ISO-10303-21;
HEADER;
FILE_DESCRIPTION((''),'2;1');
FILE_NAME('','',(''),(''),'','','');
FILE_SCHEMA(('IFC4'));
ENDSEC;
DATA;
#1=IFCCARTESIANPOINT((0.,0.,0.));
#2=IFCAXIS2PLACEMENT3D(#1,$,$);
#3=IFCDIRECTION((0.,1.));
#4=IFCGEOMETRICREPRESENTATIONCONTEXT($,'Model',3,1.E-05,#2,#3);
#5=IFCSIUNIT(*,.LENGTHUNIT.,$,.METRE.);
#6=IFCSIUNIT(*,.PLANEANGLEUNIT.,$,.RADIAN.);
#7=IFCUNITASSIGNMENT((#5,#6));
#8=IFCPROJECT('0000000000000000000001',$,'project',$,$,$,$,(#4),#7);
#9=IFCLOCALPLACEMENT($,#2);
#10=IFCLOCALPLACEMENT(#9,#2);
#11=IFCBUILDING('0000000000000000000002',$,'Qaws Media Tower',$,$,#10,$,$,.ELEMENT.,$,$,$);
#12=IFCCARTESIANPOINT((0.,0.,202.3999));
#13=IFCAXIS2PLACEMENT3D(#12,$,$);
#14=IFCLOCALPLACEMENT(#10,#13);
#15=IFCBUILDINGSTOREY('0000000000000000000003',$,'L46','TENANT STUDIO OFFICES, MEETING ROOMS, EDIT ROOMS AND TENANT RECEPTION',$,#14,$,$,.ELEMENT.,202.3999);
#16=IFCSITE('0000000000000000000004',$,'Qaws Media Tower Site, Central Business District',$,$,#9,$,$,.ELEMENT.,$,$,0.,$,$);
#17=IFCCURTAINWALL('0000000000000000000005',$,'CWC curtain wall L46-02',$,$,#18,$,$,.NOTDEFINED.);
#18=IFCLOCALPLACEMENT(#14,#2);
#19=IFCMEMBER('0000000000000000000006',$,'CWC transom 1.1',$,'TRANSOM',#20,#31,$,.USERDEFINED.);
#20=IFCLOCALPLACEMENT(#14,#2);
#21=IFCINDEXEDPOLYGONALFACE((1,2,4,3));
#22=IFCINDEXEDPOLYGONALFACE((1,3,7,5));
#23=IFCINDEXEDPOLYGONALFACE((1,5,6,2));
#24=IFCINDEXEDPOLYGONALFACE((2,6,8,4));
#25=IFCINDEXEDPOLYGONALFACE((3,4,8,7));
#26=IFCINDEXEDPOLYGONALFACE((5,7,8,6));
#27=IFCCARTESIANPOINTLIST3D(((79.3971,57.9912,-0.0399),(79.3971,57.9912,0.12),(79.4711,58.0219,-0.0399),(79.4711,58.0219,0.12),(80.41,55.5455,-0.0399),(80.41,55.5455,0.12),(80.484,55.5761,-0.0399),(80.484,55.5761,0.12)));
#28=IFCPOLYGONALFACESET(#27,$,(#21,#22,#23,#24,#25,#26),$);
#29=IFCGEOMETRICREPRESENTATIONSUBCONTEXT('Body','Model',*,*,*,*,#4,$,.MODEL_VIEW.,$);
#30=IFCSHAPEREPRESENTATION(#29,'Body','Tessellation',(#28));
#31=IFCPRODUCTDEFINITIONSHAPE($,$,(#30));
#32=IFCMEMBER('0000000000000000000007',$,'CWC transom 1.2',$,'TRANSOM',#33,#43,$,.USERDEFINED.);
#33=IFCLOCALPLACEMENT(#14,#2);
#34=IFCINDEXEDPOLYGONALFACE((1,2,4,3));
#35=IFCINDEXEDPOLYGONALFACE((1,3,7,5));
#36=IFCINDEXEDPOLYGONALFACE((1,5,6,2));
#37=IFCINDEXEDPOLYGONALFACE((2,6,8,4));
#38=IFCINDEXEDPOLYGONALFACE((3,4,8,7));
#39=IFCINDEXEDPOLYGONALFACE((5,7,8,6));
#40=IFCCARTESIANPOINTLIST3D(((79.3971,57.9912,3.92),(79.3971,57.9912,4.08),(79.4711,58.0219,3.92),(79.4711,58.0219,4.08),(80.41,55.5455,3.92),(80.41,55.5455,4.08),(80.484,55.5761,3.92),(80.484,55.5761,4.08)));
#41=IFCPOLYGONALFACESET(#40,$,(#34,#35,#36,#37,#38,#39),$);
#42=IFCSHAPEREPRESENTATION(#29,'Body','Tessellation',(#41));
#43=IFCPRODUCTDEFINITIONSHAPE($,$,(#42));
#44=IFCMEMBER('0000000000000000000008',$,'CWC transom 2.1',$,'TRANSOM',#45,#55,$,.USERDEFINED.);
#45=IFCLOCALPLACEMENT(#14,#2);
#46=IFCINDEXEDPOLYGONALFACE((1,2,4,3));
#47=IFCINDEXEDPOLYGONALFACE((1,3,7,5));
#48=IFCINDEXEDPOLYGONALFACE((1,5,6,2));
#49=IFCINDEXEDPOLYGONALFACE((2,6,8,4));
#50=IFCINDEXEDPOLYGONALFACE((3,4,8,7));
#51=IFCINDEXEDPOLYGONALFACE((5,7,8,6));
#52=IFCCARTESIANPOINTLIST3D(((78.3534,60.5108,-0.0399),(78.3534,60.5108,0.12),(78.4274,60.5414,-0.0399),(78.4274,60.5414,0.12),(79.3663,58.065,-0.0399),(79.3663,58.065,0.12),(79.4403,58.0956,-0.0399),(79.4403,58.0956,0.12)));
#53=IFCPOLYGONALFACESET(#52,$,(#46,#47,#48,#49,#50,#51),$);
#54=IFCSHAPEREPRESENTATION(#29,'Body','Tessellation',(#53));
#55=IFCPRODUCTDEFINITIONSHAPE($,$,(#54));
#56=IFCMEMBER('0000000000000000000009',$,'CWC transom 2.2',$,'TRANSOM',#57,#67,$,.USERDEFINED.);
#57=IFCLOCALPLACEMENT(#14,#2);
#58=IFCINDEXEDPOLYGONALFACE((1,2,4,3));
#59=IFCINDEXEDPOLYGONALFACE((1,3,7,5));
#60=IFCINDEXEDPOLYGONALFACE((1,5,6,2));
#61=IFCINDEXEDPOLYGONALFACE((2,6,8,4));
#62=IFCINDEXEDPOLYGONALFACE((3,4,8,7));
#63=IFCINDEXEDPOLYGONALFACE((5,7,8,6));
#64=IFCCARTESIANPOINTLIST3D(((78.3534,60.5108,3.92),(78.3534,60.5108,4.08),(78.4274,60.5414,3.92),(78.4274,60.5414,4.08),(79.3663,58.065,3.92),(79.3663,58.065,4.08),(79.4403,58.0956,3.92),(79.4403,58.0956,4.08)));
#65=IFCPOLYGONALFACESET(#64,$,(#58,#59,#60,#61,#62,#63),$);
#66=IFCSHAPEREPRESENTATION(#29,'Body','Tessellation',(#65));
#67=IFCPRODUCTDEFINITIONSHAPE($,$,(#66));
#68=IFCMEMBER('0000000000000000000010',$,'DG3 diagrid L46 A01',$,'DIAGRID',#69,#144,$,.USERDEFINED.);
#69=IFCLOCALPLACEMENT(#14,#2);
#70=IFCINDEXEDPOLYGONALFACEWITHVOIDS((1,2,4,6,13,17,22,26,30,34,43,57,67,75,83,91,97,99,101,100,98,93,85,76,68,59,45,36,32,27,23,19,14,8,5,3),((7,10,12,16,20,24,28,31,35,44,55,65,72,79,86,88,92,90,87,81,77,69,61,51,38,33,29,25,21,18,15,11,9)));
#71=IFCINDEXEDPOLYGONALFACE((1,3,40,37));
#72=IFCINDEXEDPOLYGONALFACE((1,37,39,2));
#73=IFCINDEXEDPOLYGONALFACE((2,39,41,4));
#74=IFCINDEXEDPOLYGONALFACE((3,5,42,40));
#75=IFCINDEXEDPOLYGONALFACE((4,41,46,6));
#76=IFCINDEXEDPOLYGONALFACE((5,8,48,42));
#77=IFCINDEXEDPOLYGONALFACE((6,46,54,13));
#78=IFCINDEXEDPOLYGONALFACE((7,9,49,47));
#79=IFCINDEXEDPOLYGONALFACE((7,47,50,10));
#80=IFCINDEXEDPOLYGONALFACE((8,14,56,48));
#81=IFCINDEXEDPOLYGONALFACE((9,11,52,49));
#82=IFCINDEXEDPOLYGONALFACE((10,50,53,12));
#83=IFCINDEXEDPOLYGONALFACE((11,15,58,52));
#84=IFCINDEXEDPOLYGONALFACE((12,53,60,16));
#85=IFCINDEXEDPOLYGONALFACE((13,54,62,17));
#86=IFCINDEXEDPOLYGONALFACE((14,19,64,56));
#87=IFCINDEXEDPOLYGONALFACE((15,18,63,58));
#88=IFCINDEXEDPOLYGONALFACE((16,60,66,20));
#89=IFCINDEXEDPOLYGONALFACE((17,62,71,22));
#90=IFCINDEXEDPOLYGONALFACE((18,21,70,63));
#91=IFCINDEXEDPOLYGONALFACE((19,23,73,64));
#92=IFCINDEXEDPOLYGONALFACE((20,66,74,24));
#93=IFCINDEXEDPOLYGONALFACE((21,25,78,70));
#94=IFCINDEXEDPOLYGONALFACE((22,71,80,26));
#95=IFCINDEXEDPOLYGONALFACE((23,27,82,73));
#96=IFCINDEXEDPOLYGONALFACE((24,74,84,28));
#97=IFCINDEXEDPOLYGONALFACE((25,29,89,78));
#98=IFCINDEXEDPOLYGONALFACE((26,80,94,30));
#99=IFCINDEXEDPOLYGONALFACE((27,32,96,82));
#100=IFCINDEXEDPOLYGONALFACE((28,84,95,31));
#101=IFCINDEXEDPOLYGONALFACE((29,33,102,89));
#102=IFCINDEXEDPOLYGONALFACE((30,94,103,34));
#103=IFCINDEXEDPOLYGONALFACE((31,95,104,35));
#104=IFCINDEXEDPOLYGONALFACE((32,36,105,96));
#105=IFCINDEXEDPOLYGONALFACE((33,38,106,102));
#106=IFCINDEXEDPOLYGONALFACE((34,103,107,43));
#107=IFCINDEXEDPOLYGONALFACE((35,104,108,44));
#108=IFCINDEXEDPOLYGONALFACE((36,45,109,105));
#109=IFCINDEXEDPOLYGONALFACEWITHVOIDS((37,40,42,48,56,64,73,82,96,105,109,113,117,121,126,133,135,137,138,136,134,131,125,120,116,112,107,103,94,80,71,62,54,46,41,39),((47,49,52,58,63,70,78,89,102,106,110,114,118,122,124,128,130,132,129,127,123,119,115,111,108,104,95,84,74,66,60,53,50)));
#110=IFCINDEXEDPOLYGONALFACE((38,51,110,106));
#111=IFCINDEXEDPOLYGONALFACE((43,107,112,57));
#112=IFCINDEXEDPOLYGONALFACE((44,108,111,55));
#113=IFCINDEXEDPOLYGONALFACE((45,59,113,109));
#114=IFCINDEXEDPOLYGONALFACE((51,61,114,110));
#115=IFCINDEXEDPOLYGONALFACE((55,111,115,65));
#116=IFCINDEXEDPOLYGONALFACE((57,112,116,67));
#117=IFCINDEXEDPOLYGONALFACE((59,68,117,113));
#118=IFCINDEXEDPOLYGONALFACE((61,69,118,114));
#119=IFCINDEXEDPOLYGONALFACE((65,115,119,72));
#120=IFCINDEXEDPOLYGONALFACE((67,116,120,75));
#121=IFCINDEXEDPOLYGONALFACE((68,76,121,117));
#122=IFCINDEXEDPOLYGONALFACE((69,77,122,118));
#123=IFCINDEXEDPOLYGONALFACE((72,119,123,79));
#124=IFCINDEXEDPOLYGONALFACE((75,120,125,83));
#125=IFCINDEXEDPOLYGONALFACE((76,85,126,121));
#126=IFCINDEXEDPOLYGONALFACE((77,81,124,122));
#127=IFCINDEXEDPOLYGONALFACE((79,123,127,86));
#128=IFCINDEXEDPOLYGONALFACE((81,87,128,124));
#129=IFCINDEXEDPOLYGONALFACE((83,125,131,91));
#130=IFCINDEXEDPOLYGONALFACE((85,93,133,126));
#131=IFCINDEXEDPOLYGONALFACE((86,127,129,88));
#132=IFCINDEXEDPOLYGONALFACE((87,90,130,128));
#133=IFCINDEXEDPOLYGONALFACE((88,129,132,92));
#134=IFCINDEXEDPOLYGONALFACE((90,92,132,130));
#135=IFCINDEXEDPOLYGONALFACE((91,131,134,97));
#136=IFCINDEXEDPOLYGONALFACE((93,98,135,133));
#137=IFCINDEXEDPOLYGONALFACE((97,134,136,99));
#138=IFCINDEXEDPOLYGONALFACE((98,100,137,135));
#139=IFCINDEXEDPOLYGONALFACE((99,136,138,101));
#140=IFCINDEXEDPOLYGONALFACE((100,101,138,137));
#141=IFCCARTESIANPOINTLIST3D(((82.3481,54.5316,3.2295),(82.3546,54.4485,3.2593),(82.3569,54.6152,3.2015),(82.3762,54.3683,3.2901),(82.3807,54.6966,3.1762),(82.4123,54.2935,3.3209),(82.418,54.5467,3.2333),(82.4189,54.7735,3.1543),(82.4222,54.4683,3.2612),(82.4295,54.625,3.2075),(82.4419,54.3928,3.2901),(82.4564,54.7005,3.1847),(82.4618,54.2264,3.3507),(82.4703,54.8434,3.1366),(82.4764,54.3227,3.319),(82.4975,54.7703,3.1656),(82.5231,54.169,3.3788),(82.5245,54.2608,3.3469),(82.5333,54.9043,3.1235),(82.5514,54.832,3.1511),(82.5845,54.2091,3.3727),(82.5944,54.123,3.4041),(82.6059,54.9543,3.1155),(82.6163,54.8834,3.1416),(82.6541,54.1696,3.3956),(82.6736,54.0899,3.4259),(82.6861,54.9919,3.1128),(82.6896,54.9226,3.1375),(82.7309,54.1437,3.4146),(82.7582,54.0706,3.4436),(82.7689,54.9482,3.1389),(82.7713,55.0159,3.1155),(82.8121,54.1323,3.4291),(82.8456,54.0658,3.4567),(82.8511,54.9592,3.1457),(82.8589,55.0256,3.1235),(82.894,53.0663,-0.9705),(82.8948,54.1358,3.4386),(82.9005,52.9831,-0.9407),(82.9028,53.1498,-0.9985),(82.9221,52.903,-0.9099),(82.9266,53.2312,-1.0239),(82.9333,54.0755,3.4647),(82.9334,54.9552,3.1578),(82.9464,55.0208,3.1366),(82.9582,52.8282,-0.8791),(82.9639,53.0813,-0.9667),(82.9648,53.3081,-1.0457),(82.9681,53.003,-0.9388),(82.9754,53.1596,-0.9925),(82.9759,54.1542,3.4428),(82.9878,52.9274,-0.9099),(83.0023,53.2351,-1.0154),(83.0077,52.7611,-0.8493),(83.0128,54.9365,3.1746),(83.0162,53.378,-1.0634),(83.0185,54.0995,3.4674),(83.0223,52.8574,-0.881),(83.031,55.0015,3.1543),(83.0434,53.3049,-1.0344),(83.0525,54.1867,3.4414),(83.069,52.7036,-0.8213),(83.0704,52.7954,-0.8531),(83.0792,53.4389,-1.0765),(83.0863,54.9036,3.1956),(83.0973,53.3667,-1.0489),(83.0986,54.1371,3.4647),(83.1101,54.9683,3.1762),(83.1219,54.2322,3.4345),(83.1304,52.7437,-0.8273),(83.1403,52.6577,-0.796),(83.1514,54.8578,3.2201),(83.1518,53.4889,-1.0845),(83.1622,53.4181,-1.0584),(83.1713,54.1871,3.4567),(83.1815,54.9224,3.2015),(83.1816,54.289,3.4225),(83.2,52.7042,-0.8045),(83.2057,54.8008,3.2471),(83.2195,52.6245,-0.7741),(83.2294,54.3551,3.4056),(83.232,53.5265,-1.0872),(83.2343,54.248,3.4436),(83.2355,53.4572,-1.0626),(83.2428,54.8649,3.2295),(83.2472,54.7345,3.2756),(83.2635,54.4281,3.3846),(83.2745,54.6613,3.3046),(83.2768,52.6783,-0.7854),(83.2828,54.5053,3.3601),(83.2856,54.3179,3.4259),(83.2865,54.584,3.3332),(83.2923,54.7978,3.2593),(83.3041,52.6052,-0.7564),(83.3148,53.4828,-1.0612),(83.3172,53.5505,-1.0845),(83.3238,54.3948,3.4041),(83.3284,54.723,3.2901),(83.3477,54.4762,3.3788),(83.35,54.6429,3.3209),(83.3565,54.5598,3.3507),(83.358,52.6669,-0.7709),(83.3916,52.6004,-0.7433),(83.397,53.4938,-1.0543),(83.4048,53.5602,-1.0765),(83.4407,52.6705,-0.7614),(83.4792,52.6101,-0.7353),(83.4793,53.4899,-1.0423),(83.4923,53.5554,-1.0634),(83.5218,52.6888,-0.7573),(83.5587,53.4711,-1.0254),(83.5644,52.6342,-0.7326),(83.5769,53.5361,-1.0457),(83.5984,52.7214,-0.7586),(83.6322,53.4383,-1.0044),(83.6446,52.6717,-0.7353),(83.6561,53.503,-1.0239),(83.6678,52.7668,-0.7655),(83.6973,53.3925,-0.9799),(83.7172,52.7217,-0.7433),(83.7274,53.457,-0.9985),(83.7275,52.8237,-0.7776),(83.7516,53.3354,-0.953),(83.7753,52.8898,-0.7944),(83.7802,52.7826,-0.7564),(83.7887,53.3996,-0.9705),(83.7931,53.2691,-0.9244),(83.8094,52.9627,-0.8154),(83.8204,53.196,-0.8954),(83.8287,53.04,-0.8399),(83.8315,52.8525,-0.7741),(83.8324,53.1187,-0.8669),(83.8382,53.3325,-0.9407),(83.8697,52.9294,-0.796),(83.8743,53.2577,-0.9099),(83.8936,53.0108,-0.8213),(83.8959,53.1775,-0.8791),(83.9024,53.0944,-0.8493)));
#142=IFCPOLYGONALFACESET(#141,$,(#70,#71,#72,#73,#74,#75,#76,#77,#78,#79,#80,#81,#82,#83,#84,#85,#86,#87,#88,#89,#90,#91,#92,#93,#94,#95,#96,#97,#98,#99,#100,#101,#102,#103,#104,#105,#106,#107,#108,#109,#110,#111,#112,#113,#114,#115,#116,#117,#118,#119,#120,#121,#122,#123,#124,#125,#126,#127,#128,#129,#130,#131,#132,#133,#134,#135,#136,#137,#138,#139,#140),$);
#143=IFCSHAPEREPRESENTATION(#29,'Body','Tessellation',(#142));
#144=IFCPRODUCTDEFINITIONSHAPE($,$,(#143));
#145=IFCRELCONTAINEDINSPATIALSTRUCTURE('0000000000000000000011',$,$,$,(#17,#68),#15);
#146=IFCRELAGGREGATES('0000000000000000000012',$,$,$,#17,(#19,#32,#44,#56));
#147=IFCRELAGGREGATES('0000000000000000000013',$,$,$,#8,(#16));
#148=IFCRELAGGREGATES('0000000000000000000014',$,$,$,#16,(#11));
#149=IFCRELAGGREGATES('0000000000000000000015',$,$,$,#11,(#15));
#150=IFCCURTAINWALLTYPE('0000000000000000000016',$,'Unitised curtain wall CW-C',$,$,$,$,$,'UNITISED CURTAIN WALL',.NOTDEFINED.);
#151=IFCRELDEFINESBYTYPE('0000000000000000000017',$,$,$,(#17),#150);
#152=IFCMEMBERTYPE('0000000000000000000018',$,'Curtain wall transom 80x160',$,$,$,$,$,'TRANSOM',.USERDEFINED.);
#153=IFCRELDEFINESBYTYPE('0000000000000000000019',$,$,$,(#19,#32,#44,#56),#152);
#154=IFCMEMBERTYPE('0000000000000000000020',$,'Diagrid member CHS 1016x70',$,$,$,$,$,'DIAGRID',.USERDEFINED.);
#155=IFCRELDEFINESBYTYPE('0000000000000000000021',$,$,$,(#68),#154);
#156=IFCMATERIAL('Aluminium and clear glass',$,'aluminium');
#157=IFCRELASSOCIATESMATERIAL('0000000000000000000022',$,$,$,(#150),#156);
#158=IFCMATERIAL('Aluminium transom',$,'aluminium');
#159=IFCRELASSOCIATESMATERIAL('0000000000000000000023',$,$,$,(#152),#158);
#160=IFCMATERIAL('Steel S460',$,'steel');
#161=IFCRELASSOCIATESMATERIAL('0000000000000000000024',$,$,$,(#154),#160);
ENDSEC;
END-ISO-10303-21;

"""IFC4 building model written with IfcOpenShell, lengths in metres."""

from ifc_helpers import new_model, si_unit, direction, frame, origin, origin_2d, place, context, subcontext, project, spatial, rectangle, hollow_circle, extrude, material, material_profile, profile_set, type_object, element, aggregate, save


model = new_model("IFC4")

# Units and contexts
model_context = context("Model", 3, precision=1e-05, world=origin(), true_north=direction((0.0, 1.0)))
body_context = subcontext(model_context, "Body", "Model", "MODEL_VIEW")
ifc_project = project(units=[si_unit("LENGTHUNIT", "METRE"), si_unit("PLANEANGLEUNIT", "RADIAN")], contexts=[model_context])

# Site, building, storey
site_placement = place(None, origin())
site = spatial("IfcSite", under=ifc_project, at=site_placement, Name="Qaws Media Tower Site, Central Business District", CompositionType="ELEMENT", RefElevation=0.0)
building_placement = place(site_placement, origin())
building = spatial("IfcBuilding", under=site, at=building_placement, Name="Qaws Media Tower", CompositionType="ELEMENT")
storey_placement = place(building_placement, frame((0.0, 0.0, 202.3999)))
storey = spatial("IfcBuildingStorey", under=building, at=storey_placement, Name="L46", Description="TENANT STUDIO OFFICES, MEETING ROOMS, EDIT ROOMS AND TENANT RECEPTION", CompositionType="ELEMENT", Elevation=202.3999)

# Curtain wall
ifc_material_1 = material(Name="Aluminium and clear glass", Category="aluminium")
curtain_wall_type = type_object("IfcCurtainWallType", Name="Unitised curtain wall CW-C", ElementType="UNITISED CURTAIN WALL", PredefinedType="NOTDEFINED", material=ifc_material_1)
curtain_wall_1_placement = place(storey_placement, origin())
curtain_wall_1 = element("IfcCurtainWall", 1, at=curtain_wall_1_placement, inside=storey, type_object=curtain_wall_type, Name="CWC curtain wall L46-02", PredefinedType="NOTDEFINED")

# Members
ifc_material_2 = material(Name="Aluminium transom", Category="aluminium")
ifc_material_profile_1 = material_profile(ifc_material_2, rectangle(XDim=0.0801, YDim=0.1599, at=origin_2d()), Name="80x160")
ifc_profile_set_1 = profile_set([ifc_material_profile_1], Name="Aluminium transom")
member_type_1 = type_object("IfcMemberType", Name="Curtain wall transom 80x160", ElementType="TRANSOM", PredefinedType="USERDEFINED", material=ifc_profile_set_1)
member_1_placement = place(storey_placement, frame((80.447, 55.5608, 0.04), z_axis=(-0.382637, 0.923899, 0.0), x_axis=(-0.923899, -0.382637, 0.0)))
member_1 = element("IfcMember", 2, at=member_1_placement, type_object=member_type_1, Name="CWC transom 1.1", ObjectType="TRANSOM", PredefinedType="USERDEFINED", context=body_context, shape_type="SweptSolid", body=[
    extrude(rectangle(XDim=0.0801, YDim=0.1599, at=origin_2d()), origin(), (0.0, 0.0, 1.0), 2.6472),
])
member_2_placement = place(storey_placement, frame((80.447, 55.5608, 4.0), z_axis=(-0.382637, 0.923899, 0.0), x_axis=(-0.923899, -0.382637, 0.0)))
member_2 = element("IfcMember", 3, at=member_2_placement, type_object=member_type_1, Name="CWC transom 1.2", ObjectType="TRANSOM", PredefinedType="USERDEFINED", context=body_context, shape_type="SweptSolid", body=[
    extrude(rectangle(XDim=0.0801, YDim=0.1599, at=origin_2d()), origin(), (0.0, 0.0, 1.0), 2.6472),
])
member_3_placement = place(storey_placement, frame((79.4033, 58.0803, 0.04), z_axis=(-0.382637, 0.923899, 0.0), x_axis=(-0.923899, -0.382637, 0.0)))
member_3 = element("IfcMember", 4, at=member_3_placement, type_object=member_type_1, Name="CWC transom 2.1", ObjectType="TRANSOM", PredefinedType="USERDEFINED", context=body_context, shape_type="SweptSolid", body=[
    extrude(rectangle(XDim=0.0801, YDim=0.1599, at=origin_2d()), origin(), (0.0, 0.0, 1.0), 2.6472),
])
member_4_placement = place(storey_placement, frame((79.4033, 58.0803, 4.0), z_axis=(-0.382637, 0.923899, 0.0), x_axis=(-0.923899, -0.382637, 0.0)))
member_4 = element("IfcMember", 5, at=member_4_placement, type_object=member_type_1, Name="CWC transom 2.2", ObjectType="TRANSOM", PredefinedType="USERDEFINED", context=body_context, shape_type="SweptSolid", body=[
    extrude(rectangle(XDim=0.0801, YDim=0.1599, at=origin_2d()), origin(), (0.0, 0.0, 1.0), 2.6472),
])

# Member
ifc_material_3 = material(Name="Steel S460", Category="steel")
ifc_material_profile_2 = material_profile(ifc_material_3, hollow_circle(Radius=0.5081, WallThickness=0.0701, at=origin_2d()), Name="CHS 1016x70")
ifc_profile_set_2 = profile_set([ifc_material_profile_2], Name="Steel S460")
member_type_2 = type_object("IfcMemberType", Name="Diagrid member CHS 1016x70", ElementType="DIAGRID", PredefinedType="USERDEFINED", material=ifc_profile_set_2)
member_5_placement = place(storey_placement, frame((83.3982, 53.0803, -0.9099), z_axis=(-0.121809, 0.326966, 0.937153), x_axis=(-0.937084, -0.349104, 0.0)))
element("IfcMember", 6, at=member_5_placement, inside=storey, type_object=member_type_2, Name="DG3 diagrid L46 A01", ObjectType="DIAGRID", PredefinedType="USERDEFINED", context=body_context, shape_type="SweptSolid", body=[
    extrude(hollow_circle(Radius=0.5081, WallThickness=0.0701, at=origin_2d()), origin(), (0.0, 0.0, 1.0), 4.4817),
])

aggregate(curtain_wall_1, [member_1, member_2, member_3, member_4])

save(model, "model.ifc")
